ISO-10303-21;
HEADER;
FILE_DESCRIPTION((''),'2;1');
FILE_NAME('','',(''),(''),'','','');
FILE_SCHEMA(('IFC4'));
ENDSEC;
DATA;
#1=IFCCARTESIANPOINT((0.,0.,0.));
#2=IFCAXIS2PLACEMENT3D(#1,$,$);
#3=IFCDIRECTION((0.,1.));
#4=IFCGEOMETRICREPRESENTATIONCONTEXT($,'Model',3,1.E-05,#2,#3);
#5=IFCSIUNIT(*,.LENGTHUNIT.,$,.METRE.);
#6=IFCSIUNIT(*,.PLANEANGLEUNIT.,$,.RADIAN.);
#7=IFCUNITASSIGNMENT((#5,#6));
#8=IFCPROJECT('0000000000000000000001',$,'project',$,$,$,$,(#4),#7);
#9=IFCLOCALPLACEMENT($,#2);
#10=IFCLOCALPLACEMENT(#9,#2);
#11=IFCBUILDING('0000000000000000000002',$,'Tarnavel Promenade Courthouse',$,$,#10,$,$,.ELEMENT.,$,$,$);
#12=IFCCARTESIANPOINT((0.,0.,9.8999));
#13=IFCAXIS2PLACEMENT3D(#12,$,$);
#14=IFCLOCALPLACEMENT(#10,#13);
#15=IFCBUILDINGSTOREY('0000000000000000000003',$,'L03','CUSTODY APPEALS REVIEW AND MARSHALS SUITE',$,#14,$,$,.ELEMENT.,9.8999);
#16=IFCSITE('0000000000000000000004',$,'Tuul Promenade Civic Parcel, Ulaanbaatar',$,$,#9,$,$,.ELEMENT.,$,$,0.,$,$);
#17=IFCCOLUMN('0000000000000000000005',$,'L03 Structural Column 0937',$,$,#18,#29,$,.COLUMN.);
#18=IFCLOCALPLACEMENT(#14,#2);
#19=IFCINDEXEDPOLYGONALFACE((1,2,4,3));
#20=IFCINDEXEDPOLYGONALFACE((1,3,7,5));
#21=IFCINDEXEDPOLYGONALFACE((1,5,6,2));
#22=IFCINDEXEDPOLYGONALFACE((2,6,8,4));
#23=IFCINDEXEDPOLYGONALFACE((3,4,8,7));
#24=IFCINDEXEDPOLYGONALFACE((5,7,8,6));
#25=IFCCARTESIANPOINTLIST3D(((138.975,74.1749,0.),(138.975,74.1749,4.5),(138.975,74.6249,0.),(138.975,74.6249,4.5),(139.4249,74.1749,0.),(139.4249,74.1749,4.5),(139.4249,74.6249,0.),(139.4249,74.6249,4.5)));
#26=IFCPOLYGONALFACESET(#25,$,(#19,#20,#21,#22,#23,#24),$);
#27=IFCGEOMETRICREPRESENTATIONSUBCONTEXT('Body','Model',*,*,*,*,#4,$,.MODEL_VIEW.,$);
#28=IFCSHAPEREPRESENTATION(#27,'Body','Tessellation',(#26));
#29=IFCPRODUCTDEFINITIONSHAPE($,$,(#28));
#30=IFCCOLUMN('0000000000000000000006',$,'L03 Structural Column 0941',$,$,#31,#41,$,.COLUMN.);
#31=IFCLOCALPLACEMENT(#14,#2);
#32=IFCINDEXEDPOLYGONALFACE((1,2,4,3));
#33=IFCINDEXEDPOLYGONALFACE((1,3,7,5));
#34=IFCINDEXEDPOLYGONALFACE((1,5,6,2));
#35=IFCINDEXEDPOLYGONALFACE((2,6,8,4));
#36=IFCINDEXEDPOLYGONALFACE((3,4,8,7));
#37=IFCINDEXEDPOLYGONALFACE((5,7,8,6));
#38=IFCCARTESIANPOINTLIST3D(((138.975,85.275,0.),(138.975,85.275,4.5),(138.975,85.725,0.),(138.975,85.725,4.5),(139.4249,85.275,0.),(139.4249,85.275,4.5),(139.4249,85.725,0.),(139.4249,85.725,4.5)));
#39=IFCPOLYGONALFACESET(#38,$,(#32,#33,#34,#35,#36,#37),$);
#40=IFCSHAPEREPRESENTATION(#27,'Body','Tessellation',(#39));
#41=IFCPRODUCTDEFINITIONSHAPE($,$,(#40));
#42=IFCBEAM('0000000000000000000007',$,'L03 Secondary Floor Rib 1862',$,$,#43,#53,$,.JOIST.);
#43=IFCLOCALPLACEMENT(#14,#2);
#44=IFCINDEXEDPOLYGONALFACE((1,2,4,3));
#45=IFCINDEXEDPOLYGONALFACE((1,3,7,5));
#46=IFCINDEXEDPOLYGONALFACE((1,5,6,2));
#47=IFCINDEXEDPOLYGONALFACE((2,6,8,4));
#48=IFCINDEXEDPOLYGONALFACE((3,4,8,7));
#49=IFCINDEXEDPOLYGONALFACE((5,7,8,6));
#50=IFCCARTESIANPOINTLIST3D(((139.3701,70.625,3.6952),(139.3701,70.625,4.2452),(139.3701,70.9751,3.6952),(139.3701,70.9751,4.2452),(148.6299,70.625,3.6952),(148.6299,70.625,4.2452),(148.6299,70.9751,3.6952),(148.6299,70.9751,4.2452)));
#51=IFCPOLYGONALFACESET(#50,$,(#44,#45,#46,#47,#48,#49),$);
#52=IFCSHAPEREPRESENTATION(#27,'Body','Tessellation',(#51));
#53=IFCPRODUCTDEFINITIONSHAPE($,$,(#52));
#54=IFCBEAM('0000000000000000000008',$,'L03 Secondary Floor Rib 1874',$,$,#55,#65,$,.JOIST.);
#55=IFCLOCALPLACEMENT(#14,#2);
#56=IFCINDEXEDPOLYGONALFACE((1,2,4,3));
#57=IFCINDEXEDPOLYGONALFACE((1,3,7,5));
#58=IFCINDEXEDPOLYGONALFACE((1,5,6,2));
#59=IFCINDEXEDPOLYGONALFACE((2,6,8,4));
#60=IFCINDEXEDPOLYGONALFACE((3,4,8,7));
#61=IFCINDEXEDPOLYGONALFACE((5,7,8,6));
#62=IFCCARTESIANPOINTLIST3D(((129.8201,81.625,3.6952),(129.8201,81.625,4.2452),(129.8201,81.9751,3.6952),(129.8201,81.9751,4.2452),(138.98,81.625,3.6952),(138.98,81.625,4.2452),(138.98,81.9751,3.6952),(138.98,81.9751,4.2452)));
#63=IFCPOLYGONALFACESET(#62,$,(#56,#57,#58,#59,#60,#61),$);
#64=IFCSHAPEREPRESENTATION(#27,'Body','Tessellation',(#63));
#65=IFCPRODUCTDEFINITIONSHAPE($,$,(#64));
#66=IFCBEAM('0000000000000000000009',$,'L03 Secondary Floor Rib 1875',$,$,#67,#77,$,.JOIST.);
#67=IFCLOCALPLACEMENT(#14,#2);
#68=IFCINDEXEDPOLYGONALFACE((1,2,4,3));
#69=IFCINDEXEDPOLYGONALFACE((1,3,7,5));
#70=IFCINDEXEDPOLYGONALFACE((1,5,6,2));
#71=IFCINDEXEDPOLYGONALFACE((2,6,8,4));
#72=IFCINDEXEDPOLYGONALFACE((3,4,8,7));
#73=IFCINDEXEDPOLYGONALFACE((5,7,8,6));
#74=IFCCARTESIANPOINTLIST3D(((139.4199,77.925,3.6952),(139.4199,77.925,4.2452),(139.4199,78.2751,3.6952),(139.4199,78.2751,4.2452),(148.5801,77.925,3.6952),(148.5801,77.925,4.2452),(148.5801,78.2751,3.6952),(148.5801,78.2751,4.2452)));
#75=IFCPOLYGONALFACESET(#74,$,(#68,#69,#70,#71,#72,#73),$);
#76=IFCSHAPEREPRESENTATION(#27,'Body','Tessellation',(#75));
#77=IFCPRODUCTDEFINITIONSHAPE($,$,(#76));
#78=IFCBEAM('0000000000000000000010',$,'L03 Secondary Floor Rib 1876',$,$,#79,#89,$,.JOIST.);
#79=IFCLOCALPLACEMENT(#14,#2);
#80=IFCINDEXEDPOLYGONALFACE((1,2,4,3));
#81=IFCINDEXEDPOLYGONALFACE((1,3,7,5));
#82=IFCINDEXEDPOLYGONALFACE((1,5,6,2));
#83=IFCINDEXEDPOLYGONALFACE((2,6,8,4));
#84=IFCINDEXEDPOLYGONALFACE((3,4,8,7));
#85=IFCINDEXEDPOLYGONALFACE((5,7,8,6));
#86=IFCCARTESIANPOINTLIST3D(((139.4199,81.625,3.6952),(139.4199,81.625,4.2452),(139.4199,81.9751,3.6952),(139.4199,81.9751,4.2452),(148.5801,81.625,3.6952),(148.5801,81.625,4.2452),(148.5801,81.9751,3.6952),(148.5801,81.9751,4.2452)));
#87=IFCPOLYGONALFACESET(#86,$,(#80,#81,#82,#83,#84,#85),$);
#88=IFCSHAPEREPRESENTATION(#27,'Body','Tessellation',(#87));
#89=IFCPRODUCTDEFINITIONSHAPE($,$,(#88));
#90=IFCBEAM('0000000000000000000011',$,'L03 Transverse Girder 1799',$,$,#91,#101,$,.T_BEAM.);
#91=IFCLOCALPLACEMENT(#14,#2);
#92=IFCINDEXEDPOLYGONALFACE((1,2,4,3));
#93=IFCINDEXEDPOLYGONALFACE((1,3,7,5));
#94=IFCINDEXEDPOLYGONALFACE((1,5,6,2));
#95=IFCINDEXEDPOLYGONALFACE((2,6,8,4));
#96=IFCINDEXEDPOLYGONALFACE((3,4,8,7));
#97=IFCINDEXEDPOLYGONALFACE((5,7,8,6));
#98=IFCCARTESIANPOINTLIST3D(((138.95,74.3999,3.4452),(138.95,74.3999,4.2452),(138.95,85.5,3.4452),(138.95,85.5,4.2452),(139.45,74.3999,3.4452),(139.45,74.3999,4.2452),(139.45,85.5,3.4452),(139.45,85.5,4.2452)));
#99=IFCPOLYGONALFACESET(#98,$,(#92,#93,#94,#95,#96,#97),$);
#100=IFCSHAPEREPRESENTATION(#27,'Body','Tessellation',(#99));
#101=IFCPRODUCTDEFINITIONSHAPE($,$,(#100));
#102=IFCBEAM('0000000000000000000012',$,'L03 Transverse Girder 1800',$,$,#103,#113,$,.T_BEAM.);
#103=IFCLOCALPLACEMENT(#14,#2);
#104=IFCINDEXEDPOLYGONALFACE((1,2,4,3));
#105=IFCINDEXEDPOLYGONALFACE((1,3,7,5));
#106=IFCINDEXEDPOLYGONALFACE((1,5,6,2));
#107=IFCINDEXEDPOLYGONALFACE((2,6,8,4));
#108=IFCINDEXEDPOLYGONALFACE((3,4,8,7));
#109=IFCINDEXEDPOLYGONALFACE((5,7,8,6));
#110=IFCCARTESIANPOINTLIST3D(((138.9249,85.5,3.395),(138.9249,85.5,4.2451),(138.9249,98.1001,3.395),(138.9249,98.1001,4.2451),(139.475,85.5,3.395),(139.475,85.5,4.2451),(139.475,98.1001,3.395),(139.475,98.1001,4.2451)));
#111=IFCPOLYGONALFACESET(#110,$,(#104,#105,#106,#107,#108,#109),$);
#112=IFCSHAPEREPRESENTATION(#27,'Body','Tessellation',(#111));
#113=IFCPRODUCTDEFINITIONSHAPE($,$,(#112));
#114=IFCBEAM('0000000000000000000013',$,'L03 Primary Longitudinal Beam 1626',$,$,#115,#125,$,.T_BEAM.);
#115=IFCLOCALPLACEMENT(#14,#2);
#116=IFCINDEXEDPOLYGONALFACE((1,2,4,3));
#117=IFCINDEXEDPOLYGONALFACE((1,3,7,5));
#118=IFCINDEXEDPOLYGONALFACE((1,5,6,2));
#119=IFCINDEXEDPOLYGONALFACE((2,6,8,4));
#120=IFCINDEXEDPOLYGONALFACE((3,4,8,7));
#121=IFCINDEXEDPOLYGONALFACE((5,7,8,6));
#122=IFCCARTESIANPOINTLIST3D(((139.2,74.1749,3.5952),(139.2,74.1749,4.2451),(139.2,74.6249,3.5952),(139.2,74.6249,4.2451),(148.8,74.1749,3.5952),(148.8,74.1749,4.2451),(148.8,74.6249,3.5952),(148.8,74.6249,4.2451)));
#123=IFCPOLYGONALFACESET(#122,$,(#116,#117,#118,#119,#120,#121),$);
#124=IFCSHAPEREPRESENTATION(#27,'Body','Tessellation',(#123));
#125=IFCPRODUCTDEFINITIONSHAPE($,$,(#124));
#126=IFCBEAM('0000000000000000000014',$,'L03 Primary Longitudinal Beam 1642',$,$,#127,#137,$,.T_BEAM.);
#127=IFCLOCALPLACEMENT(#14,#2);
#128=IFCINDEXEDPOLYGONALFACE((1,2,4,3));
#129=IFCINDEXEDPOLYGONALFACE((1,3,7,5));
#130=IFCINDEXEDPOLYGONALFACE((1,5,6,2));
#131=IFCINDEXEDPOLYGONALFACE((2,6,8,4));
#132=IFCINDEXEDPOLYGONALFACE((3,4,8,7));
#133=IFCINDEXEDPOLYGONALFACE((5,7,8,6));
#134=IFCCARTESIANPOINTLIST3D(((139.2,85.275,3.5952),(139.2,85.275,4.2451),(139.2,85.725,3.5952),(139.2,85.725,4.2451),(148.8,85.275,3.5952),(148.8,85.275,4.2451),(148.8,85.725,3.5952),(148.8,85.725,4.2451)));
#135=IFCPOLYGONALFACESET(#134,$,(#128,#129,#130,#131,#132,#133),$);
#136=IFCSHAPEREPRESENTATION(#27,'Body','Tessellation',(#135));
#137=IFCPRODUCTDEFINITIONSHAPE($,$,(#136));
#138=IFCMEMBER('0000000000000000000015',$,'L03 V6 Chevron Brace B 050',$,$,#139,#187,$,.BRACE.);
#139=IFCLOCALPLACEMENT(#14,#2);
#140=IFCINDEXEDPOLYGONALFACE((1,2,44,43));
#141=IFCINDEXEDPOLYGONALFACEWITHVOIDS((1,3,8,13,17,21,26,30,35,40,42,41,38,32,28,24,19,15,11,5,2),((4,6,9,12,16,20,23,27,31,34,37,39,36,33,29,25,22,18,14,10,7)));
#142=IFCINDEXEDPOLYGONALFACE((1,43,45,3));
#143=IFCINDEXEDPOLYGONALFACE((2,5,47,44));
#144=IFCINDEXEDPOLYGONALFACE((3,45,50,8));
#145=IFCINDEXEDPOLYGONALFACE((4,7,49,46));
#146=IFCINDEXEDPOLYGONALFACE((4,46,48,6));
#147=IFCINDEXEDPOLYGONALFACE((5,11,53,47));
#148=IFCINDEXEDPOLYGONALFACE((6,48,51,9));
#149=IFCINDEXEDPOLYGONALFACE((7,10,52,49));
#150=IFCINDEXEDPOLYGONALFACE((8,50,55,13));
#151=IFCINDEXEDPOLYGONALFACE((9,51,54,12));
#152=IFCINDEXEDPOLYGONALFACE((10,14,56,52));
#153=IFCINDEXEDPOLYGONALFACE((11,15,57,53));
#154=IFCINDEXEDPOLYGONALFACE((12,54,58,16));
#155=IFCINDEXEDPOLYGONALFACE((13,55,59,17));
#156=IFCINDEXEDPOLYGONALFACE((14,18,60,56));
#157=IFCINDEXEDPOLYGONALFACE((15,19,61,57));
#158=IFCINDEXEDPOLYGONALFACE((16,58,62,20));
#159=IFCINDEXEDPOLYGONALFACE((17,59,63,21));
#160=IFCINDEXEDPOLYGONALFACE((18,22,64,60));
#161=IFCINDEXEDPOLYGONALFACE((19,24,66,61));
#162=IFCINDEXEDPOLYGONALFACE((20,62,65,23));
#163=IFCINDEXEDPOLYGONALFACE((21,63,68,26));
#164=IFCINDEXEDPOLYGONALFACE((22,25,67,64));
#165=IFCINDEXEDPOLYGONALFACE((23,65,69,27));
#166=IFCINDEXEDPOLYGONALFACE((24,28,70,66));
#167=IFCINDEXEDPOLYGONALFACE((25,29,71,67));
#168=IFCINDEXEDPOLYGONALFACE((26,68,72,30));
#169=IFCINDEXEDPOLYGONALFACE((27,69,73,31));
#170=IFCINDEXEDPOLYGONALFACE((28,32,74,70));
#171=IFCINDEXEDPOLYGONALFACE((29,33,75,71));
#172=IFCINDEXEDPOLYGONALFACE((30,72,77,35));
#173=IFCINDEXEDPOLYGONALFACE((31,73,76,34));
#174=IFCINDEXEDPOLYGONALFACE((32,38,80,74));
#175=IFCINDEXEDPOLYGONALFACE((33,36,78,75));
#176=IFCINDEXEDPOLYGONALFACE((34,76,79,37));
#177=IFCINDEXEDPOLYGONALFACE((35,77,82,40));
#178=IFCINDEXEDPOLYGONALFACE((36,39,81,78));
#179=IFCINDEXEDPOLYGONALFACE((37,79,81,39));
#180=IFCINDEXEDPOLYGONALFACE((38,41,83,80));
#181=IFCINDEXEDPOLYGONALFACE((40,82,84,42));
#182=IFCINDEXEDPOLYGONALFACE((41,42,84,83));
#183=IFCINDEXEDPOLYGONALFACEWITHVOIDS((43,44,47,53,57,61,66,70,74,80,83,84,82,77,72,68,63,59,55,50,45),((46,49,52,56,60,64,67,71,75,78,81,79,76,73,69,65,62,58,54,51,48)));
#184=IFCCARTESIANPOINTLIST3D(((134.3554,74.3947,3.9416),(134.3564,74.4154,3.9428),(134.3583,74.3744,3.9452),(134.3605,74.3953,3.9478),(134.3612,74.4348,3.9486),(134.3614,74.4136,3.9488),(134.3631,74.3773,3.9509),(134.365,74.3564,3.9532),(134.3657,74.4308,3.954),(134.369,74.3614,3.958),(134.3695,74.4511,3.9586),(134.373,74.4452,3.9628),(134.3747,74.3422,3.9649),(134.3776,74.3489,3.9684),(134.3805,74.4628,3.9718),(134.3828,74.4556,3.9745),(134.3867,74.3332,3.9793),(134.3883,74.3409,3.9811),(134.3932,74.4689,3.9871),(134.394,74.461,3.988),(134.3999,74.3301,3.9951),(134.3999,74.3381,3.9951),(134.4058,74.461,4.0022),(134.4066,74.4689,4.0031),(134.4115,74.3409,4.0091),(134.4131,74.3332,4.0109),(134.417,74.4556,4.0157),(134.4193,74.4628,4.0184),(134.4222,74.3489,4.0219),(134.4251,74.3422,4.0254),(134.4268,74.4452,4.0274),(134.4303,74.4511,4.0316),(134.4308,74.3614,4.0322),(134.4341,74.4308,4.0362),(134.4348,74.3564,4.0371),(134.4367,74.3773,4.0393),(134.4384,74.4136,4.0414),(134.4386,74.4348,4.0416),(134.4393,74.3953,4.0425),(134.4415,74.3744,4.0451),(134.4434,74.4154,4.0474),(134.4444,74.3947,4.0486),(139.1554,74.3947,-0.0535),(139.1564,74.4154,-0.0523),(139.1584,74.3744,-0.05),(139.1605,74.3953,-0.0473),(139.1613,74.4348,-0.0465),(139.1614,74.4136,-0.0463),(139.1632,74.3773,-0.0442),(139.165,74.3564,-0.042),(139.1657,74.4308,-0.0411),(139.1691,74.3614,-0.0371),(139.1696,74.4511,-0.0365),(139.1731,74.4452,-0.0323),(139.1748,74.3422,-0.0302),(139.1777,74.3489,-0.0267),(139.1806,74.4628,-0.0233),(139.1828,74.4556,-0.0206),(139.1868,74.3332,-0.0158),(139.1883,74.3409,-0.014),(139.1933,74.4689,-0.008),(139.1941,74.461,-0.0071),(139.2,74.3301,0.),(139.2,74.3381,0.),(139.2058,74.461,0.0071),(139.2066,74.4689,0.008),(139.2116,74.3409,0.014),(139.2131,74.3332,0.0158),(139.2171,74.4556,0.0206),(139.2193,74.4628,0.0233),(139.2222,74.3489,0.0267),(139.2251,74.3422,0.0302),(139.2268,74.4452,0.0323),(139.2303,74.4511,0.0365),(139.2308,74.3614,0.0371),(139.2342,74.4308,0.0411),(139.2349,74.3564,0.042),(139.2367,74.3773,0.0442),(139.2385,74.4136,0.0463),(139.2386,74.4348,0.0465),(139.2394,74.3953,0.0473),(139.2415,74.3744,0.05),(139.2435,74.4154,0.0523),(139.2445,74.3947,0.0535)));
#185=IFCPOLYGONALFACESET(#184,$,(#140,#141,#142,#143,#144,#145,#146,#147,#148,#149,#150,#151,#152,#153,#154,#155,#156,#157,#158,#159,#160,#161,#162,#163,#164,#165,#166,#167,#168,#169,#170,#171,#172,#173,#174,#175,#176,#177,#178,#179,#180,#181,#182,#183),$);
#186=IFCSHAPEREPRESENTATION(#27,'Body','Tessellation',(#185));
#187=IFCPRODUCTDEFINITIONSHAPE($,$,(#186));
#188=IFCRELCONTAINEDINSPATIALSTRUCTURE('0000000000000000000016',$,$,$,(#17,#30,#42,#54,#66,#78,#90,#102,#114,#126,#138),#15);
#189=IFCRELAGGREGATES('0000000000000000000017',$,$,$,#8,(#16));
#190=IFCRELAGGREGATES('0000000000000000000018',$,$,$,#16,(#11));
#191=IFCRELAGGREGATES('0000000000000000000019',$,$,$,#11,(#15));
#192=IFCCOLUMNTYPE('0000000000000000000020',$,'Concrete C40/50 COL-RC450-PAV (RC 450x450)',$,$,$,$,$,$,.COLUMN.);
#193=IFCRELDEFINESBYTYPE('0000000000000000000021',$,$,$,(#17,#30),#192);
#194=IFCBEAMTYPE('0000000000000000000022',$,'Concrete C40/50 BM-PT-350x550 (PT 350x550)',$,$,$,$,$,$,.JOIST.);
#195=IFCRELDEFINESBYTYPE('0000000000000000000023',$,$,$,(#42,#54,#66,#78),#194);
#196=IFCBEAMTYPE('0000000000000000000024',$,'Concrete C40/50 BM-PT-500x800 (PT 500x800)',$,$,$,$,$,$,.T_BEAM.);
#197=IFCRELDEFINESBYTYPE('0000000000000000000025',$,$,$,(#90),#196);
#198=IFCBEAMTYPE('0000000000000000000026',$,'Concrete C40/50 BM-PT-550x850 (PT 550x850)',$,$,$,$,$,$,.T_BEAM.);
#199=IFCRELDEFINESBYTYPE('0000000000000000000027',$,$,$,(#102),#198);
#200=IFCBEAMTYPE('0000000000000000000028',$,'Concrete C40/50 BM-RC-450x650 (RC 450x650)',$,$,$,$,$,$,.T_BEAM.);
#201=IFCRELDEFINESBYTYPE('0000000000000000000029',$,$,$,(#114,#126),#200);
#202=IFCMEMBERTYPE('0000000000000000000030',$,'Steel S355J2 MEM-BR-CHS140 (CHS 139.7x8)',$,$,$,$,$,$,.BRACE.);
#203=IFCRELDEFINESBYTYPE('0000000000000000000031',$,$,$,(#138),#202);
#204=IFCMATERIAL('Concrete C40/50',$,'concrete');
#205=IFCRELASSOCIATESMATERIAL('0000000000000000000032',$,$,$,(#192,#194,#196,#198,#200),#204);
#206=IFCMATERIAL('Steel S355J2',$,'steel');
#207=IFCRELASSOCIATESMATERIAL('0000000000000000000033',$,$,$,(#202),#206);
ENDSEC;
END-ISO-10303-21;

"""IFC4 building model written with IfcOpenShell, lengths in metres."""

from ifc_helpers import new_model, si_unit, direction, frame, origin, origin_2d, place, context, subcontext, project, spatial, rectangle, hollow_circle, extrude, material, material_profile, profile_set, type_object, element, save


model = new_model("IFC4")

# Units and contexts
model_context = context("Model", 3, precision=1e-05, world=origin(), true_north=direction((0.0, 1.0)))
body_context = subcontext(model_context, "Body", "Model", "MODEL_VIEW")
ifc_project = project(units=[si_unit("LENGTHUNIT", "METRE"), si_unit("PLANEANGLEUNIT", "RADIAN")], contexts=[model_context])

# Site, building, storey
site_placement = place(None, origin())
site = spatial("IfcSite", under=ifc_project, at=site_placement, Name="Tuul Promenade Civic Parcel, Ulaanbaatar", CompositionType="ELEMENT", RefElevation=0.0)
building_placement = place(site_placement, origin())
building = spatial("IfcBuilding", under=site, at=building_placement, Name="Tarnavel Promenade Courthouse", CompositionType="ELEMENT")
storey_placement = place(building_placement, frame((0.0, 0.0, 9.8999)))
storey = spatial("IfcBuildingStorey", under=building, at=storey_placement, Name="L03", Description="CUSTODY APPEALS REVIEW AND MARSHALS SUITE", CompositionType="ELEMENT", Elevation=9.8999)

# Columns
ifc_material_1 = material(Name="Concrete C40/50", Category="concrete")
ifc_material_profile_1 = material_profile(ifc_material_1, rectangle(XDim=0.45, YDim=0.45, at=origin_2d()), Name="RC 450x450")
ifc_profile_set_1 = profile_set([ifc_material_profile_1], Name="Concrete C40/50")
column_type = type_object("IfcColumnType", Name="Concrete C40/50 COL-RC450-PAV (RC 450x450)", PredefinedType="COLUMN", material=ifc_profile_set_1)
for number, where, z_axis, x_axis, name in (
    (1, (139.2, 74.3999, 0.0), (0.0, 0.0, 1.0), (1.0, 0.0, 0.0), "L03 Structural Column 0937"),
    (2, (139.2, 85.5, 0.0), (0.0, 0.0, 1.0), (1.0, 0.0, 0.0), "L03 Structural Column 0941"),
):
    element("IfcColumn", number, at=place(storey_placement, frame(where, z_axis=z_axis, x_axis=x_axis)), inside=storey, type_object=column_type, Name=name, PredefinedType="COLUMN", context=body_context, shape_type="SweptSolid", body=[
        extrude(rectangle(XDim=0.45, YDim=0.45, at=origin_2d()), origin(), (0.0, 0.0, 1.0), 4.5),
    ])

# Beams
ifc_material_profile_2 = material_profile(ifc_material_1, rectangle(XDim=0.3501, YDim=0.55, at=origin_2d()), Name="PT 350x550")
ifc_profile_set_2 = profile_set([ifc_material_profile_2], Name="Concrete C40/50")
beam_type_1 = type_object("IfcBeamType", Name="Concrete C40/50 BM-PT-350x550 (PT 350x550)", PredefinedType="JOIST", material=ifc_profile_set_2)
beam_1_placement = place(storey_placement, frame((139.3701, 70.8, 3.9702), z_axis=(1.0, 0.0, 0.0), x_axis=(0.0, 1.0, 0.0)))
element("IfcBeam", 3, at=beam_1_placement, inside=storey, type_object=beam_type_1, Name="L03 Secondary Floor Rib 1862", PredefinedType="JOIST", context=body_context, shape_type="SweptSolid", body=[
    extrude(rectangle(XDim=0.3501, YDim=0.55, at=origin_2d()), origin(), (0.0, 0.0, 1.0), 9.2598),
])
beam_2_placement = place(storey_placement, frame((129.8201, 81.8, 3.9702), z_axis=(1.0, 0.0, 0.0), x_axis=(0.0, 1.0, 0.0)))
element("IfcBeam", 4, at=beam_2_placement, inside=storey, type_object=beam_type_1, Name="L03 Secondary Floor Rib 1874", PredefinedType="JOIST", context=body_context, shape_type="SweptSolid", body=[
    extrude(rectangle(XDim=0.3501, YDim=0.55, at=origin_2d()), origin(), (0.0, 0.0, 1.0), 9.1599),
])
for number, where, z_axis, x_axis, name in (
    (5, (139.4199, 78.1001, 3.9702), (1.0, 0.0, 0.0), (0.0, 1.0, 0.0), "L03 Secondary Floor Rib 1875"),
    (6, (139.4199, 81.8, 3.9702), (1.0, 0.0, 0.0), (0.0, 1.0, 0.0), "L03 Secondary Floor Rib 1876"),
):
    element("IfcBeam", number, at=place(storey_placement, frame(where, z_axis=z_axis, x_axis=x_axis)), inside=storey, type_object=beam_type_1, Name=name, PredefinedType="JOIST", context=body_context, shape_type="SweptSolid", body=[
        extrude(rectangle(XDim=0.3501, YDim=0.55, at=origin_2d()), origin(), (0.0, 0.0, 1.0), 9.1602),
    ])
ifc_material_profile_3 = material_profile(ifc_material_1, rectangle(XDim=0.5, YDim=0.8, at=origin_2d()), Name="PT 500x800")
ifc_profile_set_3 = profile_set([ifc_material_profile_3], Name="Concrete C40/50")
beam_type_2 = type_object("IfcBeamType", Name="Concrete C40/50 BM-PT-500x800 (PT 500x800)", PredefinedType="T_BEAM", material=ifc_profile_set_3)
beam_3_placement = place(storey_placement, frame((139.2, 74.3999, 3.8452), z_axis=(0.0, 1.0, 0.0), x_axis=(-1.0, 0.0, 0.0)))
element("IfcBeam", 7, at=beam_3_placement, inside=storey, type_object=beam_type_2, Name="L03 Transverse Girder 1799", PredefinedType="T_BEAM", context=body_context, shape_type="SweptSolid", body=[
    extrude(rectangle(XDim=0.5, YDim=0.8, at=origin_2d()), origin(), (0.0, 0.0, 1.0), 11.1001),
])
ifc_material_profile_4 = material_profile(ifc_material_1, rectangle(XDim=0.55, YDim=0.8501, at=origin_2d()), Name="PT 550x850")
ifc_profile_set_4 = profile_set([ifc_material_profile_4], Name="Concrete C40/50")
beam_type_3 = type_object("IfcBeamType", Name="Concrete C40/50 BM-PT-550x850 (PT 550x850)", PredefinedType="T_BEAM", material=ifc_profile_set_4)
beam_4_placement = place(storey_placement, frame((139.2, 85.5, 3.8201), z_axis=(0.0, 1.0, 0.0), x_axis=(-1.0, 0.0, 0.0)))
element("IfcBeam", 8, at=beam_4_placement, inside=storey, type_object=beam_type_3, Name="L03 Transverse Girder 1800", PredefinedType="T_BEAM", context=body_context, shape_type="SweptSolid", body=[
    extrude(rectangle(XDim=0.55, YDim=0.8501, at=origin_2d()), origin(), (0.0, 0.0, 1.0), 12.6001),
])
ifc_material_profile_5 = material_profile(ifc_material_1, rectangle(XDim=0.45, YDim=0.6499, at=origin_2d()), Name="RC 450x650")
ifc_profile_set_5 = profile_set([ifc_material_profile_5], Name="Concrete C40/50")
beam_type_4 = type_object("IfcBeamType", Name="Concrete C40/50 BM-RC-450x650 (RC 450x650)", PredefinedType="T_BEAM", material=ifc_profile_set_5)
for number, where, z_axis, x_axis, name in (
    (9, (139.2, 74.3999, 3.9202), (1.0, 0.0, 0.0), (0.0, 1.0, 0.0), "L03 Primary Longitudinal Beam 1626"),
    (10, (139.2, 85.5, 3.9202), (1.0, 0.0, 0.0), (0.0, 1.0, 0.0), "L03 Primary Longitudinal Beam 1642"),
):
    element("IfcBeam", number, at=place(storey_placement, frame(where, z_axis=z_axis, x_axis=x_axis)), inside=storey, type_object=beam_type_4, Name=name, PredefinedType="T_BEAM", context=body_context, shape_type="SweptSolid", body=[
        extrude(rectangle(XDim=0.45, YDim=0.6499, at=origin_2d()), origin(), (0.0, 0.0, 1.0), 9.6001),
    ])

# Member
ifc_material_2 = material(Name="Steel S355J2", Category="steel")
ifc_material_profile_6 = material_profile(ifc_material_2, hollow_circle(Radius=0.0698, WallThickness=0.0081, at=origin_2d()), Name="CHS 139.7x8")
ifc_profile_set_6 = profile_set([ifc_material_profile_6], Name="Steel S355J2")
member_type = type_object("IfcMemberType", Name="Steel S355J2 MEM-BR-CHS140 (CHS 139.7x8)", PredefinedType="BRACE", material=ifc_profile_set_6)
member_placement = place(storey_placement, frame((139.2, 74.3999, 0.0), z_axis=(-0.768609, 0.0, 0.639719), x_axis=(0.0, -1.0, 0.0)))
element("IfcMember", 11, at=member_placement, inside=storey, type_object=member_type, Name="L03 V6 Chevron Brace B 050", PredefinedType="BRACE", context=body_context, shape_type="SweptSolid", body=[
    extrude(hollow_circle(Radius=0.0698, WallThickness=0.0081, at=origin_2d()), origin(), (0.0, 0.0, 1.0), 6.2451),
])

save(model, "model.ifc")
